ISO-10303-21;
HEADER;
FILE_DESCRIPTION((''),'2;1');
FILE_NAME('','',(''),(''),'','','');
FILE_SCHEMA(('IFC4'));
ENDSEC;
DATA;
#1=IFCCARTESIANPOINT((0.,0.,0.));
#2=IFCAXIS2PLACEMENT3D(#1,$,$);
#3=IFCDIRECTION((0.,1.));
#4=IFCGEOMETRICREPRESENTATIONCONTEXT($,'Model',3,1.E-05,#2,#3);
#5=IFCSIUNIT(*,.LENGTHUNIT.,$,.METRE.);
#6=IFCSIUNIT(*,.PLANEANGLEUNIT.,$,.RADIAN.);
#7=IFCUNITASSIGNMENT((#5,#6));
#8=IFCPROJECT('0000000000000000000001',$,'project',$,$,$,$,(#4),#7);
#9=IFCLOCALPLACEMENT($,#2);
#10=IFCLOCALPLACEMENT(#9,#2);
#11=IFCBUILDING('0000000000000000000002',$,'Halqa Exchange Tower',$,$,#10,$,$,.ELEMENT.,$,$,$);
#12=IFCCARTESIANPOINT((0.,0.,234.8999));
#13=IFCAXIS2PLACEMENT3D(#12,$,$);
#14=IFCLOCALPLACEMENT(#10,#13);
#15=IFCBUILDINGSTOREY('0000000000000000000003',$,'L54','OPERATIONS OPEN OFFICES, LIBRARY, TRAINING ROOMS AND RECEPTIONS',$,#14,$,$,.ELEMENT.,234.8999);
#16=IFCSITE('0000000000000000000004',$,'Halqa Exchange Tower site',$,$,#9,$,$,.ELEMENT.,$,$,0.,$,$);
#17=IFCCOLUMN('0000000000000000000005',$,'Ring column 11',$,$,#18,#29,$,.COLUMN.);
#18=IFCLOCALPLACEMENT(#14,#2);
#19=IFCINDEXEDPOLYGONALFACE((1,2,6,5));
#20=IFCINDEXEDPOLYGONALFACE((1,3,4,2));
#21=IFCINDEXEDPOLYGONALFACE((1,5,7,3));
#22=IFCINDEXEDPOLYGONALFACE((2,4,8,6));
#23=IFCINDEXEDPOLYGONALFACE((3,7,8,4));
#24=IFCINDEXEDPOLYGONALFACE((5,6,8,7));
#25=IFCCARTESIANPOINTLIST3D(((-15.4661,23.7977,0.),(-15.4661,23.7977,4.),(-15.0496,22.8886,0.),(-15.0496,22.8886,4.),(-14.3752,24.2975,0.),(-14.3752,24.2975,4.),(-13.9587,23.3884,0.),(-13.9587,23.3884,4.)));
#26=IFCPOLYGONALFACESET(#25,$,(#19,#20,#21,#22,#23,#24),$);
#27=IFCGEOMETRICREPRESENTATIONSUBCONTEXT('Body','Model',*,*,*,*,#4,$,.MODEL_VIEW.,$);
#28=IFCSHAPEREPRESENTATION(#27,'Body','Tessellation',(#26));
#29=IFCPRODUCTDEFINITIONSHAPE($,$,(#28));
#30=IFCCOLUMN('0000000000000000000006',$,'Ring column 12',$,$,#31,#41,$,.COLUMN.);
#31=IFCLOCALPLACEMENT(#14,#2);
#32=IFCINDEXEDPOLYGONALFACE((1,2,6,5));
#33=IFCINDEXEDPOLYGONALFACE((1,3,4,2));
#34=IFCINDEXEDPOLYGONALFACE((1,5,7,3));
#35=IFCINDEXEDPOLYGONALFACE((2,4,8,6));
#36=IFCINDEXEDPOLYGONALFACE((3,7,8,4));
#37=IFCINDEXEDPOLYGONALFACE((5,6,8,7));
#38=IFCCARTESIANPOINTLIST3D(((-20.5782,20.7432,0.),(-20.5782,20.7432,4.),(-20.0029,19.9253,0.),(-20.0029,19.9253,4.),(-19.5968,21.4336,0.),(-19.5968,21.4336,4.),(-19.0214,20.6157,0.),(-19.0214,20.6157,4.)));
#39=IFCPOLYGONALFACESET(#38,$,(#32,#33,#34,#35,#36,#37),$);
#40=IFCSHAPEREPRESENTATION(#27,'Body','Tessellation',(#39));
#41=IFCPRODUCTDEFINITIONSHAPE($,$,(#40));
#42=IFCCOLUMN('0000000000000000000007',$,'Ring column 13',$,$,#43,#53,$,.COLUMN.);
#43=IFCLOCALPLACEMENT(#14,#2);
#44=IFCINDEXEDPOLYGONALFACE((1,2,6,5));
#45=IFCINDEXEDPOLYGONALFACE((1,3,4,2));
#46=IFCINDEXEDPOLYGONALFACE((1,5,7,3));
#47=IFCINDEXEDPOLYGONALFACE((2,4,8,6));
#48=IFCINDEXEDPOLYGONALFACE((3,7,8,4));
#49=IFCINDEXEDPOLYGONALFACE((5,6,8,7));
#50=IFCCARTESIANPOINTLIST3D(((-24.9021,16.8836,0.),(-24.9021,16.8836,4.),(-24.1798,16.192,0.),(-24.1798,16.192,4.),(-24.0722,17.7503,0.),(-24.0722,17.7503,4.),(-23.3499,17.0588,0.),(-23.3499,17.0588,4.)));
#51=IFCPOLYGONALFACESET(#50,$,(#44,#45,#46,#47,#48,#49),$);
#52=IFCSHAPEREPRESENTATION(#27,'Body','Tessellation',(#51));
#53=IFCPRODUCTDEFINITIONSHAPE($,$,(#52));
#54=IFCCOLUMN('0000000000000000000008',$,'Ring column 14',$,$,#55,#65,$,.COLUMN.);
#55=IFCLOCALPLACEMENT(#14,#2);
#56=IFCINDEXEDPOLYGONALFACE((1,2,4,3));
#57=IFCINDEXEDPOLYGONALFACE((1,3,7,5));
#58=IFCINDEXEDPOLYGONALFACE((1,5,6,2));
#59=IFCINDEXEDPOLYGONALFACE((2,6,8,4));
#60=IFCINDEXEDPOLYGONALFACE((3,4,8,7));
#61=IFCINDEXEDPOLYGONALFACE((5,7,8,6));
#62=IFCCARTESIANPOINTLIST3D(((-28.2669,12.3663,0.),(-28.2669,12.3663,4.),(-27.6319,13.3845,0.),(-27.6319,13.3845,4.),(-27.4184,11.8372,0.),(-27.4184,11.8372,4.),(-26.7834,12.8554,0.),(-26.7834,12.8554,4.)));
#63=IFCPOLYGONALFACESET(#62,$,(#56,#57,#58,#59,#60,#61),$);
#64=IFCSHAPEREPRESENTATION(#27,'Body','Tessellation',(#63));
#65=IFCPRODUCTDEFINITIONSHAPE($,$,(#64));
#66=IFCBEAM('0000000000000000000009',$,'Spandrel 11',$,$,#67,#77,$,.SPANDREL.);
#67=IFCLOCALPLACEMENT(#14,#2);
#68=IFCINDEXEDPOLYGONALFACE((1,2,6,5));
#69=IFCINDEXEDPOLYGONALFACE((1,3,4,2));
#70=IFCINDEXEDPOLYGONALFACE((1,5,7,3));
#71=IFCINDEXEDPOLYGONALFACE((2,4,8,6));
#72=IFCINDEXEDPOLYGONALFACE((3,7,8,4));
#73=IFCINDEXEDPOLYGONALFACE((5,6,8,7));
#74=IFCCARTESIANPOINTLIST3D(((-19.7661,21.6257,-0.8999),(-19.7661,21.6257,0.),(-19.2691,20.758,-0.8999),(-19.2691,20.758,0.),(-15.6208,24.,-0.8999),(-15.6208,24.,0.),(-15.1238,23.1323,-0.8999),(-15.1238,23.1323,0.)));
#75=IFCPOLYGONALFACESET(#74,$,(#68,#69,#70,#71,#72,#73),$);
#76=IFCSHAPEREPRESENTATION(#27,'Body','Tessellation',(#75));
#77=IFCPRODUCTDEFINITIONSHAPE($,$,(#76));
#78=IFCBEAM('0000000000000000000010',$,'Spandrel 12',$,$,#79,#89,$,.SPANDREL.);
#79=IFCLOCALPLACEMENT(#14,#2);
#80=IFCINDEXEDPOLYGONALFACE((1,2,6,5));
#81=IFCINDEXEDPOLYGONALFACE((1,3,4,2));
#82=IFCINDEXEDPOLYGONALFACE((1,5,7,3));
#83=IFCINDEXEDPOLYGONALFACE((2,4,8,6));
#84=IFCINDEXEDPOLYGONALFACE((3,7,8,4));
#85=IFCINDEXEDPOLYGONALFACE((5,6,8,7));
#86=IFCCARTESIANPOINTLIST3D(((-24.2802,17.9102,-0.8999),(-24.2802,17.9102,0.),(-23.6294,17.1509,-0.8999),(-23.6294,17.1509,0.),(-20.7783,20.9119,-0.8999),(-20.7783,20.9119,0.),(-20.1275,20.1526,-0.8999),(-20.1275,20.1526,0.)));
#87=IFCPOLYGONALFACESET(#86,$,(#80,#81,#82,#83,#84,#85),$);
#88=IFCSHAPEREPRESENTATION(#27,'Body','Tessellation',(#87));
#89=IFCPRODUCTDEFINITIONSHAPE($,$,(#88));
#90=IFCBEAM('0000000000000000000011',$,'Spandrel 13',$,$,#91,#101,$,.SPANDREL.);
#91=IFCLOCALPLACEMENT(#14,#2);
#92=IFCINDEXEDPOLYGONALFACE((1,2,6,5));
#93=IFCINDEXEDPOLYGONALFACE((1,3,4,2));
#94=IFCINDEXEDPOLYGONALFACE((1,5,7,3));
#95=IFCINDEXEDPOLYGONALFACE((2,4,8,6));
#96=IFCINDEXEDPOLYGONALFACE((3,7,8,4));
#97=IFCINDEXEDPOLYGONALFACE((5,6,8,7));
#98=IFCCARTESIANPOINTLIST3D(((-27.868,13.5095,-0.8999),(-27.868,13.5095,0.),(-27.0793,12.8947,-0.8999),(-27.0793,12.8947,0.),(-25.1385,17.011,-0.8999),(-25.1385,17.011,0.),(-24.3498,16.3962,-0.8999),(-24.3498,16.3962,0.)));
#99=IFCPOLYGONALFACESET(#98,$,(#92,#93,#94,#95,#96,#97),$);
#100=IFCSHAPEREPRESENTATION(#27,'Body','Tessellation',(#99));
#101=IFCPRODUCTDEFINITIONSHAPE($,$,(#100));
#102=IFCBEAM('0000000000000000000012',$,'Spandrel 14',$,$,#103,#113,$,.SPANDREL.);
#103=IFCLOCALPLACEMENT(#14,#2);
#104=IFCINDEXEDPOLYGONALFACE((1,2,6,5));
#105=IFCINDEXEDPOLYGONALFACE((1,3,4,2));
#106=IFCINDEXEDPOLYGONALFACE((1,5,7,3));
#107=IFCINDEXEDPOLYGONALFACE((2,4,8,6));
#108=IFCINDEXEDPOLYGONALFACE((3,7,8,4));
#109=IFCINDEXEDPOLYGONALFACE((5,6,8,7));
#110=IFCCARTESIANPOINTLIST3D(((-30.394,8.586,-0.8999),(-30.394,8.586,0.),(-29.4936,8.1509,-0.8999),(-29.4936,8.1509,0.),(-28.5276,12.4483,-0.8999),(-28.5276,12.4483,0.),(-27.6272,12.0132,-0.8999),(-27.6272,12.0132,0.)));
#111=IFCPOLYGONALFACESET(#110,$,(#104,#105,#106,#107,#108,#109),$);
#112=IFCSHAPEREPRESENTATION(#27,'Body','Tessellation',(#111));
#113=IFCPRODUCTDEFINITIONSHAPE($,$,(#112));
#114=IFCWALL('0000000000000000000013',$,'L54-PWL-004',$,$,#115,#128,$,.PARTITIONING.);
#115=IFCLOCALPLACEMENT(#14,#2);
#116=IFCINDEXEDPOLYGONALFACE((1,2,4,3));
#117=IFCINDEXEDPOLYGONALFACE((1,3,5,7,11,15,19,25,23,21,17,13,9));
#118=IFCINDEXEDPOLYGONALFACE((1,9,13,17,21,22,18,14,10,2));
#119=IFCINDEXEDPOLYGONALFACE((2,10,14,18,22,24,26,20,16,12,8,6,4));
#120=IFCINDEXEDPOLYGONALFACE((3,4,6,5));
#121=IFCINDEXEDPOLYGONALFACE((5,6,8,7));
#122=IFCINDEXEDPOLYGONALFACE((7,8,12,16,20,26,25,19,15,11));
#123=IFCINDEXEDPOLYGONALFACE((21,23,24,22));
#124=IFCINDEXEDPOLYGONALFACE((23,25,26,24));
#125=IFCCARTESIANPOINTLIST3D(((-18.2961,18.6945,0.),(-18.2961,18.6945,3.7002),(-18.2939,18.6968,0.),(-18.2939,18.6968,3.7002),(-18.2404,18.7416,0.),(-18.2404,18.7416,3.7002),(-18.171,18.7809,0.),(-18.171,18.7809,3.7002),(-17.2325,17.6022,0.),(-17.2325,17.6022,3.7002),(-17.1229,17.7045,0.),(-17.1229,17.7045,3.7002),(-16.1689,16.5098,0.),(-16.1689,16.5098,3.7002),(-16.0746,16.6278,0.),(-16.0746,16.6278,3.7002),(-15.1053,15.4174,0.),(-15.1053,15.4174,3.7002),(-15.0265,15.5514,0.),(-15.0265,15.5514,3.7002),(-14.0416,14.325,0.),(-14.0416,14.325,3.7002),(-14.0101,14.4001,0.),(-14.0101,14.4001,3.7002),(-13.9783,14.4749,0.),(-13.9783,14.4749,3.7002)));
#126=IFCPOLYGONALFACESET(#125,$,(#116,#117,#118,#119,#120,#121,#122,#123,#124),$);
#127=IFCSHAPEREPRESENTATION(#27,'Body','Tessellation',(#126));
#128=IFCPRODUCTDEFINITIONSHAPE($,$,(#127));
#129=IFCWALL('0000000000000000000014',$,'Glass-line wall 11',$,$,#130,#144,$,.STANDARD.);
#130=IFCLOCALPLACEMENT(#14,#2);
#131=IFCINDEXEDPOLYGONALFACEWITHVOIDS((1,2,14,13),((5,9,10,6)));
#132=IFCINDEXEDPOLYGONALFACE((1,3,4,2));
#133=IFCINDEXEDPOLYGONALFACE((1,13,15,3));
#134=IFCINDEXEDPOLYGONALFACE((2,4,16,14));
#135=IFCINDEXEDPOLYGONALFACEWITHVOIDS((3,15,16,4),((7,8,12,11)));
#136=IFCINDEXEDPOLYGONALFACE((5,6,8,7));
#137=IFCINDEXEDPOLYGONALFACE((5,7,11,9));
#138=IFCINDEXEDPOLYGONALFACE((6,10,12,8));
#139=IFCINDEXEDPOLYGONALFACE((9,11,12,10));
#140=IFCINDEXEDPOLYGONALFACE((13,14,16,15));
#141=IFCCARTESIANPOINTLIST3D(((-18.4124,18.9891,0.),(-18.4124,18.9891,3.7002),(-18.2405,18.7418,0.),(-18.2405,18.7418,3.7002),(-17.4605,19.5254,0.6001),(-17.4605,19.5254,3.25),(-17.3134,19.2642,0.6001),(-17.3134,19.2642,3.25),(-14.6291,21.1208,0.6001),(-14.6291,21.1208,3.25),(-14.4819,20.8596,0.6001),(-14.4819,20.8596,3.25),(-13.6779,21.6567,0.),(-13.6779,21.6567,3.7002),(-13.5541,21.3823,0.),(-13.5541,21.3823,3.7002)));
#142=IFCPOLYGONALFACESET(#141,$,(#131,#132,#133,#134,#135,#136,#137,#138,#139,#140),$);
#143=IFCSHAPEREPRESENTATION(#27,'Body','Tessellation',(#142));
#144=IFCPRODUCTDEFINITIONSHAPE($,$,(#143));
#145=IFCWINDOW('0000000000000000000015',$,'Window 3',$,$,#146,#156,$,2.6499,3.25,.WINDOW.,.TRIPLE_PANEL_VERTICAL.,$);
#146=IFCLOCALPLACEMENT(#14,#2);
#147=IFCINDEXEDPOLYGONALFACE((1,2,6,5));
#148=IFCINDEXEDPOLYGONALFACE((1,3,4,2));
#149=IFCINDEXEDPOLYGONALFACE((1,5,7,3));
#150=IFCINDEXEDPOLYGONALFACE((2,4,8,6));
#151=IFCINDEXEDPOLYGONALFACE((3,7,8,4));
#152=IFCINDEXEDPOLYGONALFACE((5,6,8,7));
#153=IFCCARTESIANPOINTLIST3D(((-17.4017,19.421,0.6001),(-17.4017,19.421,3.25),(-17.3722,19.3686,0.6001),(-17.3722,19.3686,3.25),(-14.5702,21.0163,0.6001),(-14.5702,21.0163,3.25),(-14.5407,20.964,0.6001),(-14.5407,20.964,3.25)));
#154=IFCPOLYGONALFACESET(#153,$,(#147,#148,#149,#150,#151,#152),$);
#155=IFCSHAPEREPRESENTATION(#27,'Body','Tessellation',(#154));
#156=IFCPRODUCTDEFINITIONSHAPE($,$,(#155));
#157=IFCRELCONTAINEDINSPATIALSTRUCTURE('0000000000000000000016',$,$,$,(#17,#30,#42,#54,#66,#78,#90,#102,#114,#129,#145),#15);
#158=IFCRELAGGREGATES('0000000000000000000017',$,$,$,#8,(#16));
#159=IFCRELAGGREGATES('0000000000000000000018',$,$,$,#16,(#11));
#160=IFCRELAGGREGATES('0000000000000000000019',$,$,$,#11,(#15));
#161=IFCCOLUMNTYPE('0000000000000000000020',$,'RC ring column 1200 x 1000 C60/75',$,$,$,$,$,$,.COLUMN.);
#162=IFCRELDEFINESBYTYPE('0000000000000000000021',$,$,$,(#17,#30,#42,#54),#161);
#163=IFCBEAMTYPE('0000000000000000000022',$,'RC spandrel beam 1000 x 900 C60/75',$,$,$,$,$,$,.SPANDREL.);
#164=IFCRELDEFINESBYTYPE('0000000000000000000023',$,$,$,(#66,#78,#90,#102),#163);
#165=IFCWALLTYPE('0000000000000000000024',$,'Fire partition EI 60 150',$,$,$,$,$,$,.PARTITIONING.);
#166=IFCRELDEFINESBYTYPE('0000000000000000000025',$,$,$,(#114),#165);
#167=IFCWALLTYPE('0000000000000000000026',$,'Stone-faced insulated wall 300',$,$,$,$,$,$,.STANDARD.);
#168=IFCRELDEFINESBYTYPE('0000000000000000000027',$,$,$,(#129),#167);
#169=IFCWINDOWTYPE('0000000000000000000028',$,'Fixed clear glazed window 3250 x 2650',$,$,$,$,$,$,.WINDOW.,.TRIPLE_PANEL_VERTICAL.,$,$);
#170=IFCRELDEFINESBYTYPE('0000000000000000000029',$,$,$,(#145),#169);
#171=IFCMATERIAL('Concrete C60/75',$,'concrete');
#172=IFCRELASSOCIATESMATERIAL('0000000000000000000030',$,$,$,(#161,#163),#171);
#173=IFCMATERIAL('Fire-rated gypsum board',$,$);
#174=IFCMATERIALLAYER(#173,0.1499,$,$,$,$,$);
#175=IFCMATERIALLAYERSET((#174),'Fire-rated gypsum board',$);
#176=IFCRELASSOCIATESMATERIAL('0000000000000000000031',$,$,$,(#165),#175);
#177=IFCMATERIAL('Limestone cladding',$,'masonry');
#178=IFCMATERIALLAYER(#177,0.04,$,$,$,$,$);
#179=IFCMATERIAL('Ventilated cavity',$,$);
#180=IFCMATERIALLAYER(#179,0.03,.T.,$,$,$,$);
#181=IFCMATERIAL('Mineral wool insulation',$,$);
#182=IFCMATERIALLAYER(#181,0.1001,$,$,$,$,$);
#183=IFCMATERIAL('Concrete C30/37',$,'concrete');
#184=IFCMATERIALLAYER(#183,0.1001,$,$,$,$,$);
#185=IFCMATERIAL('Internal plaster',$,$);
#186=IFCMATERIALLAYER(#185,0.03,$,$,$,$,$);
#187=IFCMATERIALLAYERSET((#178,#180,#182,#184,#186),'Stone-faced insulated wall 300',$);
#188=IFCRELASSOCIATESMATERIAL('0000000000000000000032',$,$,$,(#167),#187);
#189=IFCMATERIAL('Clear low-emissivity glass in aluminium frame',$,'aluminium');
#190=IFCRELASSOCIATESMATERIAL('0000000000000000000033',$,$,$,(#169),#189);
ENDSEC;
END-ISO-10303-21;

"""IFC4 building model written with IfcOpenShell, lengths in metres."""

from ifc_helpers import new_model, si_unit, direction, frame, frame_2d, origin, origin_2d, place, context, subcontext, project, spatial, polyline, rectangle, outline, extrude, material, layer, layer_set, material_profile, profile_set, type_object, element, fill, save


model = new_model("IFC4")

# Units and contexts
model_context = context("Model", 3, precision=1e-05, world=origin(), true_north=direction((0.0, 1.0)))
body_context = subcontext(model_context, "Body", "Model", "MODEL_VIEW")
ifc_project = project(units=[si_unit("LENGTHUNIT", "METRE"), si_unit("PLANEANGLEUNIT", "RADIAN")], contexts=[model_context])

# Site, building, storey
site_placement = place(None, origin())
site = spatial("IfcSite", under=ifc_project, at=site_placement, Name="Halqa Exchange Tower site", CompositionType="ELEMENT", RefElevation=0.0)
building_placement = place(site_placement, origin())
building = spatial("IfcBuilding", under=site, at=building_placement, Name="Halqa Exchange Tower", CompositionType="ELEMENT")
storey_placement = place(building_placement, frame((0.0, 0.0, 234.8999)))
storey = spatial("IfcBuildingStorey", under=building, at=storey_placement, Name="L54", Description="OPERATIONS OPEN OFFICES, LIBRARY, TRAINING ROOMS AND RECEPTIONS", CompositionType="ELEMENT", Elevation=234.8999)

# Columns
ifc_material_1 = material(Name="Concrete C60/75", Category="concrete")
ifc_material_profile_1 = material_profile(ifc_material_1, rectangle(XDim=1.2, YDim=1.0, at=origin_2d()), Name="1200 x 1000")
ifc_profile_set_1 = profile_set([ifc_material_profile_1], Name="Concrete C60/75")
column_type = type_object("IfcColumnType", Name="RC ring column 1200 x 1000 C60/75", PredefinedType="COLUMN", material=ifc_profile_set_1)
for number, where, z_axis, x_axis, name in (
    (1, (-14.7124, 23.593, 0.0), (0.0, 0.0, 1.0), (-0.909126, -0.416522, 0.0), "Ring column 11"),
    (2, (-19.7998, 20.6794, 0.0), (0.0, 0.0, 1.0), (-0.817905, -0.575354, 0.0), "Ring column 12"),
    (3, (-24.126, 16.9712, 0.0), (0.0, 0.0, 1.0), (-0.691579, -0.722301, 0.0), "Ring column 13"),
    (4, (-27.5251, 12.6108, 0.0), (0.0, 0.0, 1.0), (-0.529148, -0.84853, 0.0), "Ring column 14"),
):
    element("IfcColumn", number, at=place(storey_placement, frame(where, z_axis=z_axis, x_axis=x_axis)), inside=storey, type_object=column_type, Name=name, PredefinedType="COLUMN", context=body_context, shape_type="SweptSolid", body=[
        extrude(rectangle(XDim=1.2, YDim=1.0, at=origin_2d()), origin(), (0.0, 0.0, 1.0), 4.0),
    ])

# Beams
ifc_material_profile_2 = material_profile(ifc_material_1, rectangle(XDim=1.0, YDim=0.8999, at=origin_2d()), Name="1000 x 900")
ifc_profile_set_2 = profile_set([ifc_material_profile_2], Name="Concrete C60/75")
beam_type = type_object("IfcBeamType", Name="RC spandrel beam 1000 x 900 C60/75", PredefinedType="SPANDREL", material=ifc_profile_set_2)
beam_1_placement = place(storey_placement, frame((-15.3723, 23.5662, -0.45), z_axis=(-0.867743, -0.497014, 0.0), x_axis=(0.497014, -0.867743, 0.0)))
element("IfcBeam", 5, at=beam_1_placement, inside=storey, type_object=beam_type, Name="Spandrel 11", PredefinedType="SPANDREL", context=body_context, shape_type="SweptSolid", body=[
    extrude(rectangle(XDim=1.0, YDim=0.8999, at=origin_2d()), origin(), (0.0, 0.0, 1.0), 4.7771),
])
beam_2_placement = place(storey_placement, frame((-20.4529, 20.5322, -0.45), z_axis=(-0.759253, -0.650796, 0.0), x_axis=(0.650796, -0.759253, 0.0)))
element("IfcBeam", 6, at=beam_2_placement, inside=storey, type_object=beam_type, Name="Spandrel 12", PredefinedType="SPANDREL", context=body_context, shape_type="SweptSolid", body=[
    extrude(rectangle(XDim=1.0, YDim=0.8999, at=origin_2d()), origin(), (0.0, 0.0, 1.0), 4.6123),
])
beam_3_placement = place(storey_placement, frame((-24.7441, 16.7036, -0.45), z_axis=(-0.614801, -0.788683, 0.0), x_axis=(0.788683, -0.614801, 0.0)))
element("IfcBeam", 7, at=beam_3_placement, inside=storey, type_object=beam_type, Name="Spandrel 13", PredefinedType="SPANDREL", context=body_context, shape_type="SweptSolid", body=[
    extrude(rectangle(XDim=1.0, YDim=0.8999, at=origin_2d()), origin(), (0.0, 0.0, 1.0), 4.4397),
])
beam_4_placement = place(storey_placement, frame((-28.0774, 12.2307, -0.45), z_axis=(-0.435107, -0.900379, 0.0), x_axis=(0.900379, -0.435107, 0.0)))
element("IfcBeam", 8, at=beam_4_placement, inside=storey, type_object=beam_type, Name="Spandrel 14", PredefinedType="SPANDREL", context=body_context, shape_type="SweptSolid", body=[
    extrude(rectangle(XDim=1.0, YDim=0.8999, at=origin_2d()), origin(), (0.0, 0.0, 1.0), 4.2896),
])

# Wall
ifc_material_2 = material(Name="Fire-rated gypsum board")
ifc_layer_1 = layer(ifc_material_2, 0.1499)
ifc_layer_set_1 = layer_set([ifc_layer_1], Name="Fire-rated gypsum board")
wall_type_1 = type_object("IfcWallType", Name="Fire partition EI 60 150", PredefinedType="PARTITIONING", material=ifc_layer_set_1)
wall_1_placement = place(storey_placement, frame((-18.2424, 18.7468, 0.0), z_axis=(0.0, 0.0, 1.0), x_axis=(0.697617, -0.716471, 0.0)))
element("IfcWall", 9, at=wall_1_placement, inside=storey, type_object=wall_type_1, Name="L54-PWL-004", PredefinedType="PARTITIONING", context=body_context, shape_type="SweptSolid", body=[
    extrude(outline(polyline([(0.0, -0.075), (1.5247, -0.075), (3.0493, -0.075), (4.574, -0.075), (6.0986, -0.075), (6.0669, 0.0), (6.0354, 0.075), (4.533, 0.075), (3.0305, 0.075), (1.5278, 0.075), (0.0254, 0.075), (0.0051, -0.0022), (0.0, -0.0718), (0.0, -0.075)])), origin(), (0.0, 0.0, 1.0), 3.7002),
])

# Wall, opening, window
ifc_material_3 = material(Name="Limestone cladding", Category="masonry")
ifc_layer_2 = layer(ifc_material_3, 0.04)
ifc_material_4 = material(Name="Ventilated cavity")
ifc_layer_3 = layer(ifc_material_4, 0.03, ventilated=True)
ifc_material_5 = material(Name="Mineral wool insulation")
ifc_layer_4 = layer(ifc_material_5, 0.1001)
ifc_material_6 = material(Name="Concrete C30/37", Category="concrete")
ifc_layer_5 = layer(ifc_material_6, 0.1001)
ifc_material_7 = material(Name="Internal plaster")
ifc_layer_6 = layer(ifc_material_7, 0.03)
ifc_layer_set_2 = layer_set([ifc_layer_2, ifc_layer_3, ifc_layer_4, ifc_layer_5, ifc_layer_6], Name="Stone-faced insulated wall 300")
wall_type_2 = type_object("IfcWallType", Name="Stone-faced insulated wall 300", PredefinedType="STANDARD", material=ifc_layer_set_2)
wall_2_placement = place(storey_placement, frame((-13.616, 21.5195, 0.0), z_axis=(0.0, 0.0, 1.0), x_axis=(-0.871226, -0.490883, 0.0)))
wall_2 = element("IfcWall", 10, at=wall_2_placement, inside=storey, type_object=wall_type_2, Name="Glass-line wall 11", PredefinedType="STANDARD", context=body_context, shape_type="SweptSolid", body=[
    extrude(outline(polyline([(-0.0134, -0.1499), (5.4209, -0.1499), (5.3926, 0.1499), (0.0134, 0.1499), (-0.0134, -0.1499)])), origin(), (0.0, 0.0, 1.0), 3.7002),
])
opening_1_placement = place(wall_2_placement, frame((1.0784, 0.0, 0.6001)))
opening_1 = element("IfcOpeningElement", 11, at=opening_1_placement, cuts=wall_2, PredefinedType="OPENING", context=body_context, shape_type="SweptSolid", body=[
    extrude(rectangle(XDim=3.25, YDim=2.6499, at=frame_2d((1.625, 1.325))), frame((0.0, 0.1621, 0.0), z_axis=(0.0, -1.0, 0.0), x_axis=(1.0, 0.0, 0.0)), (0.0, 0.0, 1.0), 0.324),
])
ifc_material_8 = material(Name="Clear low-emissivity glass in aluminium frame", Category="aluminium")
window_type = type_object("IfcWindowType", Name="Fixed clear glazed window 3250 x 2650", PartitioningType="TRIPLE_PANEL_VERTICAL", PredefinedType="WINDOW", material=ifc_material_8)
window_1_placement = place(opening_1_placement, origin())
window_1 = element("IfcWindow", 12, at=window_1_placement, inside=storey, type_object=window_type, Name="Window 3", OverallHeight=2.6499, OverallWidth=3.25, PartitioningType="TRIPLE_PANEL_VERTICAL", PredefinedType="WINDOW", context=body_context, shape_type="SweptSolid", body=[
    extrude(rectangle(XDim=3.25, YDim=2.6499, at=frame_2d((1.625, 1.325))), frame((0.0, 0.03, 0.0), z_axis=(0.0, -1.0, 0.0), x_axis=(1.0, 0.0, 0.0)), (0.0, 0.0, 1.0), 0.0601),
])
fill(opening_1, window_1)

save(model, "model.ifc")
